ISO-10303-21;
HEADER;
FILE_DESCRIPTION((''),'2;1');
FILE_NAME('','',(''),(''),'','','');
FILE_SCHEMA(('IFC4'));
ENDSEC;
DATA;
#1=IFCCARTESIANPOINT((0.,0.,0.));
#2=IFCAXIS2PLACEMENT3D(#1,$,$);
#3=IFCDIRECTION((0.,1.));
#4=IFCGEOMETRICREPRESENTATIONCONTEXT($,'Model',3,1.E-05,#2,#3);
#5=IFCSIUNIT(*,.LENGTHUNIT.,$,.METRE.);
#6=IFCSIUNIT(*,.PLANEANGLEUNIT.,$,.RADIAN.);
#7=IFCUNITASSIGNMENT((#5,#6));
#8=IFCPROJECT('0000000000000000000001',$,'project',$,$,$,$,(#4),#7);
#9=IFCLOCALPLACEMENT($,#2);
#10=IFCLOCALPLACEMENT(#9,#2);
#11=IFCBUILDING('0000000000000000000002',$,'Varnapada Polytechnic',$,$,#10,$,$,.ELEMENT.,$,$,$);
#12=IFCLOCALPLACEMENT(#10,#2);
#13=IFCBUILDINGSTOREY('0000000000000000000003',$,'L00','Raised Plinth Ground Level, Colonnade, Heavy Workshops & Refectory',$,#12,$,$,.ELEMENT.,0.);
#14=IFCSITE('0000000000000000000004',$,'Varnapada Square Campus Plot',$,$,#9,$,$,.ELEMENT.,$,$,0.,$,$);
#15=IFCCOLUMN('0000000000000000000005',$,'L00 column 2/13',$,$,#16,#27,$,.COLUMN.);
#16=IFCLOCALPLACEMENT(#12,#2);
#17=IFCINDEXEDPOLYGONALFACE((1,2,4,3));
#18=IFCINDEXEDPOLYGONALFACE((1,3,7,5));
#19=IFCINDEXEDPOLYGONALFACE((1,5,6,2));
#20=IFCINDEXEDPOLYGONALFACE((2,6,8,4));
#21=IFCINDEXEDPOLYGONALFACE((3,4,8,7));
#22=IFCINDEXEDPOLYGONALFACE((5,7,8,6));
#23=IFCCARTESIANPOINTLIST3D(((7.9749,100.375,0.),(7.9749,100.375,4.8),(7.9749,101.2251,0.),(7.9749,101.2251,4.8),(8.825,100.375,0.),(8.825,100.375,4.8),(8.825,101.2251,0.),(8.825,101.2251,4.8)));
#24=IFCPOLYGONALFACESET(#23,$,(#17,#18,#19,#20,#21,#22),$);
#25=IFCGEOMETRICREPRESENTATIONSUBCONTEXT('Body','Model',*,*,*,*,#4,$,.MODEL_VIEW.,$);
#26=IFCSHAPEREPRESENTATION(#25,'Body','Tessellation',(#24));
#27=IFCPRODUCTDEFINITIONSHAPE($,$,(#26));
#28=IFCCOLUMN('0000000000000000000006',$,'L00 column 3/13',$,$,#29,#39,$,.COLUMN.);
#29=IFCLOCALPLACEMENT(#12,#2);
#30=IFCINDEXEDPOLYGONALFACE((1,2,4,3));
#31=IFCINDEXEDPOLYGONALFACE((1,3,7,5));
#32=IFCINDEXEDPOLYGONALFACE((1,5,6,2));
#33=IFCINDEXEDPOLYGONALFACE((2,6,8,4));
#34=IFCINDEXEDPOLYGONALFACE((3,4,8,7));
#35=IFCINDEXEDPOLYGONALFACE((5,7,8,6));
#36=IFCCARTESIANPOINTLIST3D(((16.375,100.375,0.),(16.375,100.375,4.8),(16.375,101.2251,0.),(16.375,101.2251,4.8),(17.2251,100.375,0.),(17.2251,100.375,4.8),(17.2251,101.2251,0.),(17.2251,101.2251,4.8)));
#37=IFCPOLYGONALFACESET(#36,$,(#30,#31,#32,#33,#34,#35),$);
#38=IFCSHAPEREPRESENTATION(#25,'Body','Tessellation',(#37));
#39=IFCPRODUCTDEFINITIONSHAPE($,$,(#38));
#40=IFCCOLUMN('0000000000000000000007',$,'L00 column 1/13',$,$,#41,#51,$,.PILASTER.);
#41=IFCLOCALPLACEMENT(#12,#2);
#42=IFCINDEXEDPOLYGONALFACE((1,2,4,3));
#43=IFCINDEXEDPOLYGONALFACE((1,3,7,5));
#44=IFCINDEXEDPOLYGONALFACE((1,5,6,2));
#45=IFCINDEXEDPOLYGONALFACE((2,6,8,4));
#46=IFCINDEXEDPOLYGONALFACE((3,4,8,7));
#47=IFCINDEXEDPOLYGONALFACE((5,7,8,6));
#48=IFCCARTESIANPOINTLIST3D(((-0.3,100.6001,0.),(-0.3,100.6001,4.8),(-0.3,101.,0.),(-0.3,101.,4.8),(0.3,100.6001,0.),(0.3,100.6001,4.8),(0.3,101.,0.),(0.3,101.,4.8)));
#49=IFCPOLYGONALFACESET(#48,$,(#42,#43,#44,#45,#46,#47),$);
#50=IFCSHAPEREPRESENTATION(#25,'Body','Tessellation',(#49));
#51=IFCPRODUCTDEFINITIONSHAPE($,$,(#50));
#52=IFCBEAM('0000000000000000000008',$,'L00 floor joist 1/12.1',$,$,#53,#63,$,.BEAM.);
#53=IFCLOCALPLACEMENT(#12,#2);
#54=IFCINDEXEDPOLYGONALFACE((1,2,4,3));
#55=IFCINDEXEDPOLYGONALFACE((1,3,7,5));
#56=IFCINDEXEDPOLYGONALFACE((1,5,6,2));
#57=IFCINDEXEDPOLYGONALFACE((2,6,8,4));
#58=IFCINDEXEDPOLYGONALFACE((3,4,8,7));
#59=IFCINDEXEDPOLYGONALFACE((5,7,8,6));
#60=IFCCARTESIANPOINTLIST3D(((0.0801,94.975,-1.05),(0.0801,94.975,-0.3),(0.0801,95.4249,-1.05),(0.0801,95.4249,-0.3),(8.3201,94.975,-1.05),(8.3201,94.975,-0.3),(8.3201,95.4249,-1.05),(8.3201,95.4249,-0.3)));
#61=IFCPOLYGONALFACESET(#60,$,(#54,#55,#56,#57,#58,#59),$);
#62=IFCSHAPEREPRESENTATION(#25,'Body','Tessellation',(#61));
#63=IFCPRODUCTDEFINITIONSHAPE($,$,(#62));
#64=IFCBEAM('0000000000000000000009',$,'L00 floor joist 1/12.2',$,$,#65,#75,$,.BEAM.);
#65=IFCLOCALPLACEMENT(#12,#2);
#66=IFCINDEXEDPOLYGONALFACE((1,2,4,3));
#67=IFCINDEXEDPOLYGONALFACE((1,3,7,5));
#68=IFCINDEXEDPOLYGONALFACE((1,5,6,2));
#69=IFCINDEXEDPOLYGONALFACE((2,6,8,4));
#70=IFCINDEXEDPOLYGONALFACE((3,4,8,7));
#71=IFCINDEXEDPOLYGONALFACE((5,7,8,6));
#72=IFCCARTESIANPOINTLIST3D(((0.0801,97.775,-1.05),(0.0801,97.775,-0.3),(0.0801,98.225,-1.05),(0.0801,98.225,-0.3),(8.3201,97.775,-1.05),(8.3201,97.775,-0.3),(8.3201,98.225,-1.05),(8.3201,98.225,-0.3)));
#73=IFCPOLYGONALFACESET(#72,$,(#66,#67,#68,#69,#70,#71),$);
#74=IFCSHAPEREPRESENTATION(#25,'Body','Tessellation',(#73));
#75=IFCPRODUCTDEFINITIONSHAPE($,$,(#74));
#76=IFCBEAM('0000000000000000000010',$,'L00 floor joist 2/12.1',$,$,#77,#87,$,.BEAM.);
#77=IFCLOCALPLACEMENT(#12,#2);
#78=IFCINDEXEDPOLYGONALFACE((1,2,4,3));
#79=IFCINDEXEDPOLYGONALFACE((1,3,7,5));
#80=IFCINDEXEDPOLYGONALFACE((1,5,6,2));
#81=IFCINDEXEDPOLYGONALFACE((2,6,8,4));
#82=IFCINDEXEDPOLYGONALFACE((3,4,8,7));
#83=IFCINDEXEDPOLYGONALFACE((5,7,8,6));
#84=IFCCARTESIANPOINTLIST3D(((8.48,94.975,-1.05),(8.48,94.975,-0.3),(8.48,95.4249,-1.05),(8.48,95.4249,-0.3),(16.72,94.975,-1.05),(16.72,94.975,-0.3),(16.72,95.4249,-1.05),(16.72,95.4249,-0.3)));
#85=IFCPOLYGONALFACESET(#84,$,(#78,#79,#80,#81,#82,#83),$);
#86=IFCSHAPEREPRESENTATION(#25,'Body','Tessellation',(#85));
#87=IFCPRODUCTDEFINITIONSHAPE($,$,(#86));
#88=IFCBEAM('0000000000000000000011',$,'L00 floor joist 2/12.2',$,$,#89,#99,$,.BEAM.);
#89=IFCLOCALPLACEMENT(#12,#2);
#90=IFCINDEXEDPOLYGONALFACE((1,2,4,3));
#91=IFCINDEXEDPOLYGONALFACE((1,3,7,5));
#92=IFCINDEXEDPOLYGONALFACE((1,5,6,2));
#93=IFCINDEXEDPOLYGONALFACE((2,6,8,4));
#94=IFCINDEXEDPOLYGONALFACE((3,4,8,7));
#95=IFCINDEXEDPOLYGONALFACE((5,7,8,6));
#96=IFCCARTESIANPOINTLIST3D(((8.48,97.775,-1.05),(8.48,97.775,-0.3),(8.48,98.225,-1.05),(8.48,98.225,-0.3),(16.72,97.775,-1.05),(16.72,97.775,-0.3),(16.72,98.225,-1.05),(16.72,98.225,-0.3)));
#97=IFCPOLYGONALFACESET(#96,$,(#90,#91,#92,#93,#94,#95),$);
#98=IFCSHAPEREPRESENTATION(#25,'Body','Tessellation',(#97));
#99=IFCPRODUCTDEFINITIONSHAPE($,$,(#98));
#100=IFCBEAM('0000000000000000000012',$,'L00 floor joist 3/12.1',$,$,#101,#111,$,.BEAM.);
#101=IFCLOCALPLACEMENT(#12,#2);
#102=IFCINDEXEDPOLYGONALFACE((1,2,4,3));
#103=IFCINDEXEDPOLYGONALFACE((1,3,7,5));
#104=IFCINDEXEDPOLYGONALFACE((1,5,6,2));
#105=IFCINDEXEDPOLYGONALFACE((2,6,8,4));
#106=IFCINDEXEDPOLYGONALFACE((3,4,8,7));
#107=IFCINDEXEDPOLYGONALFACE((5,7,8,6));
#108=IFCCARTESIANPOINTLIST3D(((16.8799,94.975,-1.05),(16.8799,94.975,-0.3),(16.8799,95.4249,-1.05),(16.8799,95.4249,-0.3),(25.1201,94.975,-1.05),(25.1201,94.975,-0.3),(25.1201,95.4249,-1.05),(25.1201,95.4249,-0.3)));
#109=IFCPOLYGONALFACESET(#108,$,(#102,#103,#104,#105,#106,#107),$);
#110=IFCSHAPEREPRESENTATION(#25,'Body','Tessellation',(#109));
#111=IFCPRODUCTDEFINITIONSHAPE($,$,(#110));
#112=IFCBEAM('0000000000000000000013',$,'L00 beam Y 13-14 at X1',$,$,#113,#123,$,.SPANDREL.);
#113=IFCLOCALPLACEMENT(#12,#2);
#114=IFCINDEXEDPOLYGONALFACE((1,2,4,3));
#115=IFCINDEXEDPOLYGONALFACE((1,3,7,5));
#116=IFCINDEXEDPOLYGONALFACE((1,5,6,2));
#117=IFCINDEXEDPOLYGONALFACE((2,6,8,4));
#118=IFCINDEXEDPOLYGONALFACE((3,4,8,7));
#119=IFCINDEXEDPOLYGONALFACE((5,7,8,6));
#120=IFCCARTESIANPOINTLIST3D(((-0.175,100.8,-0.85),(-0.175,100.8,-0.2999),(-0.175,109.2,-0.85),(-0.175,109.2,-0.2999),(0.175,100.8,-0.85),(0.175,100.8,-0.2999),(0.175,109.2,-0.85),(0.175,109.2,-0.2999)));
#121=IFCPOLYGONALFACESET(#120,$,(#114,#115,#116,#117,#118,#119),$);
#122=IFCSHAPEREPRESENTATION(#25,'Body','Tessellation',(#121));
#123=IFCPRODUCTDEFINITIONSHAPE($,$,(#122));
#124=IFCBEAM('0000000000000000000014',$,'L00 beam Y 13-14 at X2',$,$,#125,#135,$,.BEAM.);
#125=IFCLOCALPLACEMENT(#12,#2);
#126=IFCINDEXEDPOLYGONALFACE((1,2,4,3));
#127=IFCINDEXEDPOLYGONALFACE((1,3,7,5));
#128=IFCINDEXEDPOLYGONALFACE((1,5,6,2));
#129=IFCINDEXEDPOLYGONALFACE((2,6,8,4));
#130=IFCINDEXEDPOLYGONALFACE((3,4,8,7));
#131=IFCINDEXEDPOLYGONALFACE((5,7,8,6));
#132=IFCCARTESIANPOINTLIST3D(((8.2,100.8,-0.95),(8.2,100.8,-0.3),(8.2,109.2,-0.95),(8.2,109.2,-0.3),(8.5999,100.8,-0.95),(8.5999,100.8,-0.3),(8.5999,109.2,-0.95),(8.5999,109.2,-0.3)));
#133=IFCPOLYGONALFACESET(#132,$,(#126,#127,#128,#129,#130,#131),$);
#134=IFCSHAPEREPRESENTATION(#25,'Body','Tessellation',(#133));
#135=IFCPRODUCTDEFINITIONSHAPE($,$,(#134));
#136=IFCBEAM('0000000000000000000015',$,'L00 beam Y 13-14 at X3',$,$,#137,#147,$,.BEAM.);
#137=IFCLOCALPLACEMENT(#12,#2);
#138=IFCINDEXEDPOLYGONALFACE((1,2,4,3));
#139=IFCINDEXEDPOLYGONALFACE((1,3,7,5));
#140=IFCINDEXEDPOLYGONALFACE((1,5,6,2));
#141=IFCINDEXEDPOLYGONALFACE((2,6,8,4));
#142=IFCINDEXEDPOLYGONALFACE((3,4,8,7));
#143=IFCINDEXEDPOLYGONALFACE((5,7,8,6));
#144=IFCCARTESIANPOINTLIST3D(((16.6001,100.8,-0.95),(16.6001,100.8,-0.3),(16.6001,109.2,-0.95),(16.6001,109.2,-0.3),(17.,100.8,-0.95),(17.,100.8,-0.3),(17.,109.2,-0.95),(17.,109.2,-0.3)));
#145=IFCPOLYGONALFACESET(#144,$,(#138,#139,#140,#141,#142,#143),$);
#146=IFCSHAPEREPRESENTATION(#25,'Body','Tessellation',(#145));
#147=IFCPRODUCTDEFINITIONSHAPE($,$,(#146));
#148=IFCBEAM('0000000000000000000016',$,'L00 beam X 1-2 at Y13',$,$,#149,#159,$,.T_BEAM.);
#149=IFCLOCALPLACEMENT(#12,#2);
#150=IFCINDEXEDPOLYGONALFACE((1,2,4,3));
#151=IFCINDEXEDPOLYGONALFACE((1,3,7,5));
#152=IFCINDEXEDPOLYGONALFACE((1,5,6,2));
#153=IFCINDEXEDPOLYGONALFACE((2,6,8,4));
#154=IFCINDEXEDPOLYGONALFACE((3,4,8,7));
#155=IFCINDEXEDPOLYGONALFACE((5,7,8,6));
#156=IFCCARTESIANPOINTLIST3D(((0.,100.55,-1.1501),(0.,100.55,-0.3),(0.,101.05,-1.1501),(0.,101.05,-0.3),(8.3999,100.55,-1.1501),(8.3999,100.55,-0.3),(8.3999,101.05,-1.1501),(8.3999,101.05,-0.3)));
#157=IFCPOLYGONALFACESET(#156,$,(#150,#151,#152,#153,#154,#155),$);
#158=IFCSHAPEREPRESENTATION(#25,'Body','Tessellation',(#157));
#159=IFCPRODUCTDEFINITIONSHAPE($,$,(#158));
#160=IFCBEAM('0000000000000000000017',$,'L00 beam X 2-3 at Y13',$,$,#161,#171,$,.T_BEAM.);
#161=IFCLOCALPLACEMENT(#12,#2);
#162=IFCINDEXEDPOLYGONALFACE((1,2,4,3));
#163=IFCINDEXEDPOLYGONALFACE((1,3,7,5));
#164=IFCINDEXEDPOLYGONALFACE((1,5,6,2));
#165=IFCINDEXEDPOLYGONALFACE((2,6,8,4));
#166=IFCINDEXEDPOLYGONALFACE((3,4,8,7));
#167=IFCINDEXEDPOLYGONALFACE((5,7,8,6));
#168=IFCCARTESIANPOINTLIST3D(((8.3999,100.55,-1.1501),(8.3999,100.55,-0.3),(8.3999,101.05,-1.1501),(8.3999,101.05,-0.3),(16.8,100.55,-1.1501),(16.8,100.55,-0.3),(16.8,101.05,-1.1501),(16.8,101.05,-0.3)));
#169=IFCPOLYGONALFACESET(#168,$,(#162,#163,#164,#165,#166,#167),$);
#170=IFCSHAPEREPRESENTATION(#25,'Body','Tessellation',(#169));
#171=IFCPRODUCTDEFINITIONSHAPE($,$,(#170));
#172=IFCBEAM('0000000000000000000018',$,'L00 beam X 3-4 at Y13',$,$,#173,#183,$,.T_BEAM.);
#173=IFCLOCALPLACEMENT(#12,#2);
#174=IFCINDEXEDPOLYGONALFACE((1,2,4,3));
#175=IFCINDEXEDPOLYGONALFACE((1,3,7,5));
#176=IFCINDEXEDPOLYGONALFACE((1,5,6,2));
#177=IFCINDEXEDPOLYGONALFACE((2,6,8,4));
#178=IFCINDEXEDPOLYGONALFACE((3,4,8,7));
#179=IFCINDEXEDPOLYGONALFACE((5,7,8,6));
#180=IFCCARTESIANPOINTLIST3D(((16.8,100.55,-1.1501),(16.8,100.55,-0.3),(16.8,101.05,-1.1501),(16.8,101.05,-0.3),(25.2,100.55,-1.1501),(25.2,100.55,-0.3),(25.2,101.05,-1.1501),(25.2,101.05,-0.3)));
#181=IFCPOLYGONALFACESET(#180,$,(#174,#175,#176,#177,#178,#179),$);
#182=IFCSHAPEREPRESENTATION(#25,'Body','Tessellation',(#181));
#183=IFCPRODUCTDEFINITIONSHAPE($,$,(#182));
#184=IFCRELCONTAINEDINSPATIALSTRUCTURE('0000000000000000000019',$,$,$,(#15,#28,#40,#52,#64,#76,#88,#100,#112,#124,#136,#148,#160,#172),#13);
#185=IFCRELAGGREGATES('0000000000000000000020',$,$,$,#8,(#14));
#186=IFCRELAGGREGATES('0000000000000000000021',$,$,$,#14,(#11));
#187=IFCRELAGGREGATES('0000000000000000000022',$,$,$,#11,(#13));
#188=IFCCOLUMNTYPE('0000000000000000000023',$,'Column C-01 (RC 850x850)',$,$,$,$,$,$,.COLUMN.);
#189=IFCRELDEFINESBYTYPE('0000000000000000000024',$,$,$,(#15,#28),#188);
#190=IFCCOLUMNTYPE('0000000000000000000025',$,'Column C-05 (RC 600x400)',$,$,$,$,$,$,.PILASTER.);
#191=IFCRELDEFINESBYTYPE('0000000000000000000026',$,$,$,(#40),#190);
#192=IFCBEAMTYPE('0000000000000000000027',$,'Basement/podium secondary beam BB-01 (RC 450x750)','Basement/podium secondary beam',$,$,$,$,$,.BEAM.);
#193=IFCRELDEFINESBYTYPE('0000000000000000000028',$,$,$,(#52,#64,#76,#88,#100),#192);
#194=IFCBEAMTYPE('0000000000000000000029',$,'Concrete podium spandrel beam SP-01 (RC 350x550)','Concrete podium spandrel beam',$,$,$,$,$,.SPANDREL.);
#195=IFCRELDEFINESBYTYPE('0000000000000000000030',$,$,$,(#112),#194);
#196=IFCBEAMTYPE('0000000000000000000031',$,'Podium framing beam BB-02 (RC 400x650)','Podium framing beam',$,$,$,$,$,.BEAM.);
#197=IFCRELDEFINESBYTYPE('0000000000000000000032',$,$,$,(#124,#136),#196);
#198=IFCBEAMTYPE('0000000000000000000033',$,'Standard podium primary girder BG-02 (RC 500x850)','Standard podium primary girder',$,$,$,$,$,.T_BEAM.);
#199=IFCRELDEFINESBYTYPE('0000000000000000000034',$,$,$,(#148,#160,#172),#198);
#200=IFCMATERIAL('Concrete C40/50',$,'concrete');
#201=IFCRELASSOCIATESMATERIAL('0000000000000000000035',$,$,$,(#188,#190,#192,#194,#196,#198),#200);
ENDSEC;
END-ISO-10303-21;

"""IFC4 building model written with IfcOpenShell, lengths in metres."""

from ifc_helpers import new_model, si_unit, direction, frame, origin, origin_2d, place, context, subcontext, project, spatial, rectangle, extrude, material, material_profile, profile_set, type_object, element, save


model = new_model("IFC4")

# Units and contexts
model_context = context("Model", 3, precision=1e-05, world=origin(), true_north=direction((0.0, 1.0)))
body_context = subcontext(model_context, "Body", "Model", "MODEL_VIEW")
ifc_project = project(units=[si_unit("LENGTHUNIT", "METRE"), si_unit("PLANEANGLEUNIT", "RADIAN")], contexts=[model_context])

# Site, building, storey
site_placement = place(None, origin())
site = spatial("IfcSite", under=ifc_project, at=site_placement, Name="Varnapada Square Campus Plot", CompositionType="ELEMENT", RefElevation=0.0)
building_placement = place(site_placement, origin())
building = spatial("IfcBuilding", under=site, at=building_placement, Name="Varnapada Polytechnic", CompositionType="ELEMENT")
storey_placement = place(building_placement, origin())
storey = spatial("IfcBuildingStorey", under=building, at=storey_placement, Name="L00", Description="Raised Plinth Ground Level, Colonnade, Heavy Workshops & Refectory", CompositionType="ELEMENT", Elevation=0.0)

# Columns
ifc_material_1 = material(Name="Concrete C40/50", Category="concrete")
ifc_material_profile_1 = material_profile(ifc_material_1, rectangle(XDim=0.8501, YDim=0.8501, at=origin_2d()), Name="RC 850x850")
ifc_profile_set_1 = profile_set([ifc_material_profile_1], Name="Concrete C40/50")
column_type_1 = type_object("IfcColumnType", Name="Column C-01 (RC 850x850)", PredefinedType="COLUMN", material=ifc_profile_set_1)
for number, where, z_axis, x_axis, name in (
    (1, (8.3999, 100.8, 0.0), (0.0, 0.0, 1.0), (1.0, 0.0, 0.0), "L00 column 2/13"),
    (2, (16.8, 100.8, 0.0), (0.0, 0.0, 1.0), (1.0, 0.0, 0.0), "L00 column 3/13"),
):
    element("IfcColumn", number, at=place(storey_placement, frame(where, z_axis=z_axis, x_axis=x_axis)), inside=storey, type_object=column_type_1, Name=name, PredefinedType="COLUMN", context=body_context, shape_type="SweptSolid", body=[
        extrude(rectangle(XDim=0.8501, YDim=0.8501, at=origin_2d()), origin(), (0.0, 0.0, 1.0), 4.8),
    ])
ifc_material_profile_2 = material_profile(ifc_material_1, rectangle(XDim=0.6001, YDim=0.3999, at=origin_2d()), Name="RC 600x400")
ifc_profile_set_2 = profile_set([ifc_material_profile_2], Name="Concrete C40/50")
column_type_2 = type_object("IfcColumnType", Name="Column C-05 (RC 600x400)", PredefinedType="PILASTER", material=ifc_profile_set_2)
column_placement = place(storey_placement, frame((0.0, 100.8, 0.0), z_axis=(0.0, 0.0, 1.0), x_axis=(1.0, 0.0, 0.0)))
element("IfcColumn", 3, at=column_placement, inside=storey, type_object=column_type_2, Name="L00 column 1/13", PredefinedType="PILASTER", context=body_context, shape_type="SweptSolid", body=[
    extrude(rectangle(XDim=0.6001, YDim=0.3999, at=origin_2d()), origin(), (0.0, 0.0, 1.0), 4.8),
])

# Beams
ifc_material_profile_3 = material_profile(ifc_material_1, rectangle(XDim=0.45, YDim=0.75, at=origin_2d()), Name="RC 450x750")
ifc_profile_set_3 = profile_set([ifc_material_profile_3], Name="Concrete C40/50")
beam_type_1 = type_object("IfcBeamType", Name="Basement/podium secondary beam BB-01 (RC 450x750)", Description="Basement/podium secondary beam", PredefinedType="BEAM", material=ifc_profile_set_3)
for number, where, z_axis, x_axis, name in (
    (4, (0.0801, 95.2, -0.675), (1.0, 0.0, 0.0), (0.0, 1.0, 0.0), "L00 floor joist 1/12.1"),
    (5, (0.0801, 98.0, -0.675), (1.0, 0.0, 0.0), (0.0, 1.0, 0.0), "L00 floor joist 1/12.2"),
    (6, (8.48, 95.2, -0.675), (1.0, 0.0, 0.0), (0.0, 1.0, 0.0), "L00 floor joist 2/12.1"),
    (7, (8.48, 98.0, -0.675), (1.0, 0.0, 0.0), (0.0, 1.0, 0.0), "L00 floor joist 2/12.2"),
):
    element("IfcBeam", number, at=place(storey_placement, frame(where, z_axis=z_axis, x_axis=x_axis)), inside=storey, type_object=beam_type_1, Name=name, PredefinedType="BEAM", context=body_context, shape_type="SweptSolid", body=[
        extrude(rectangle(XDim=0.45, YDim=0.75, at=origin_2d()), origin(), (0.0, 0.0, 1.0), 8.24),
    ])
beam_1_placement = place(storey_placement, frame((16.8799, 95.2, -0.675), z_axis=(1.0, 0.0, 0.0), x_axis=(0.0, 1.0, 0.0)))
element("IfcBeam", 8, at=beam_1_placement, inside=storey, type_object=beam_type_1, Name="L00 floor joist 3/12.1", PredefinedType="BEAM", context=body_context, shape_type="SweptSolid", body=[
    extrude(rectangle(XDim=0.45, YDim=0.75, at=origin_2d()), origin(), (0.0, 0.0, 1.0), 8.2402),
])
ifc_material_profile_4 = material_profile(ifc_material_1, rectangle(XDim=0.3501, YDim=0.55, at=origin_2d()), Name="RC 350x550")
ifc_profile_set_4 = profile_set([ifc_material_profile_4], Name="Concrete C40/50")
beam_type_2 = type_object("IfcBeamType", Name="Concrete podium spandrel beam SP-01 (RC 350x550)", Description="Concrete podium spandrel beam", PredefinedType="SPANDREL", material=ifc_profile_set_4)
beam_2_placement = place(storey_placement, frame((0.0, 100.8, -0.575), z_axis=(0.0, 1.0, 0.0), x_axis=(-1.0, 0.0, 0.0)))
element("IfcBeam", 9, at=beam_2_placement, inside=storey, type_object=beam_type_2, Name="L00 beam Y 13-14 at X1", PredefinedType="SPANDREL", context=body_context, shape_type="SweptSolid", body=[
    extrude(rectangle(XDim=0.3501, YDim=0.55, at=origin_2d()), origin(), (0.0, 0.0, 1.0), 8.3999),
])
ifc_material_profile_5 = material_profile(ifc_material_1, rectangle(XDim=0.3999, YDim=0.6499, at=origin_2d()), Name="RC 400x650")
ifc_profile_set_5 = profile_set([ifc_material_profile_5], Name="Concrete C40/50")
beam_type_3 = type_object("IfcBeamType", Name="Podium framing beam BB-02 (RC 400x650)", Description="Podium framing beam", PredefinedType="BEAM", material=ifc_profile_set_5)
for number, where, z_axis, x_axis, name in (
    (10, (8.3999, 100.8, -0.625), (0.0, 1.0, 0.0), (-1.0, 0.0, 0.0), "L00 beam Y 13-14 at X2"),
    (11, (16.8, 100.8, -0.625), (0.0, 1.0, 0.0), (-1.0, 0.0, 0.0), "L00 beam Y 13-14 at X3"),
):
    element("IfcBeam", number, at=place(storey_placement, frame(where, z_axis=z_axis, x_axis=x_axis)), inside=storey, type_object=beam_type_3, Name=name, PredefinedType="BEAM", context=body_context, shape_type="SweptSolid", body=[
        extrude(rectangle(XDim=0.3999, YDim=0.6499, at=origin_2d()), origin(), (0.0, 0.0, 1.0), 8.3999),
    ])
ifc_material_profile_6 = material_profile(ifc_material_1, rectangle(XDim=0.5, YDim=0.8501, at=origin_2d()), Name="RC 500x850")
ifc_profile_set_6 = profile_set([ifc_material_profile_6], Name="Concrete C40/50")
beam_type_4 = type_object("IfcBeamType", Name="Standard podium primary girder BG-02 (RC 500x850)", Description="Standard podium primary girder", PredefinedType="T_BEAM", material=ifc_profile_set_6)
beam_3_placement = place(storey_placement, frame((0.0, 100.8, -0.7251), z_axis=(1.0, 0.0, 0.0), x_axis=(0.0, 1.0, 0.0)))
element("IfcBeam", 12, at=beam_3_placement, inside=storey, type_object=beam_type_4, Name="L00 beam X 1-2 at Y13", PredefinedType="T_BEAM", context=body_context, shape_type="SweptSolid", body=[
    extrude(rectangle(XDim=0.5, YDim=0.8501, at=origin_2d()), origin(), (0.0, 0.0, 1.0), 8.3999),
])
beam_4_placement = place(storey_placement, frame((8.3999, 100.8, -0.7251), z_axis=(1.0, 0.0, 0.0), x_axis=(0.0, 1.0, 0.0)))
element("IfcBeam", 13, at=beam_4_placement, inside=storey, type_object=beam_type_4, Name="L00 beam X 2-3 at Y13", PredefinedType="T_BEAM", context=body_context, shape_type="SweptSolid", body=[
    extrude(rectangle(XDim=0.5, YDim=0.8501, at=origin_2d()), origin(), (0.0, 0.0, 1.0), 8.4001),
])
beam_5_placement = place(storey_placement, frame((16.8, 100.8, -0.7251), z_axis=(1.0, 0.0, 0.0), x_axis=(0.0, 1.0, 0.0)))
element("IfcBeam", 14, at=beam_5_placement, inside=storey, type_object=beam_type_4, Name="L00 beam X 3-4 at Y13", PredefinedType="T_BEAM", context=body_context, shape_type="SweptSolid", body=[
    extrude(rectangle(XDim=0.5, YDim=0.8501, at=origin_2d()), origin(), (0.0, 0.0, 1.0), 8.3999),
])

save(model, "model.ifc")
